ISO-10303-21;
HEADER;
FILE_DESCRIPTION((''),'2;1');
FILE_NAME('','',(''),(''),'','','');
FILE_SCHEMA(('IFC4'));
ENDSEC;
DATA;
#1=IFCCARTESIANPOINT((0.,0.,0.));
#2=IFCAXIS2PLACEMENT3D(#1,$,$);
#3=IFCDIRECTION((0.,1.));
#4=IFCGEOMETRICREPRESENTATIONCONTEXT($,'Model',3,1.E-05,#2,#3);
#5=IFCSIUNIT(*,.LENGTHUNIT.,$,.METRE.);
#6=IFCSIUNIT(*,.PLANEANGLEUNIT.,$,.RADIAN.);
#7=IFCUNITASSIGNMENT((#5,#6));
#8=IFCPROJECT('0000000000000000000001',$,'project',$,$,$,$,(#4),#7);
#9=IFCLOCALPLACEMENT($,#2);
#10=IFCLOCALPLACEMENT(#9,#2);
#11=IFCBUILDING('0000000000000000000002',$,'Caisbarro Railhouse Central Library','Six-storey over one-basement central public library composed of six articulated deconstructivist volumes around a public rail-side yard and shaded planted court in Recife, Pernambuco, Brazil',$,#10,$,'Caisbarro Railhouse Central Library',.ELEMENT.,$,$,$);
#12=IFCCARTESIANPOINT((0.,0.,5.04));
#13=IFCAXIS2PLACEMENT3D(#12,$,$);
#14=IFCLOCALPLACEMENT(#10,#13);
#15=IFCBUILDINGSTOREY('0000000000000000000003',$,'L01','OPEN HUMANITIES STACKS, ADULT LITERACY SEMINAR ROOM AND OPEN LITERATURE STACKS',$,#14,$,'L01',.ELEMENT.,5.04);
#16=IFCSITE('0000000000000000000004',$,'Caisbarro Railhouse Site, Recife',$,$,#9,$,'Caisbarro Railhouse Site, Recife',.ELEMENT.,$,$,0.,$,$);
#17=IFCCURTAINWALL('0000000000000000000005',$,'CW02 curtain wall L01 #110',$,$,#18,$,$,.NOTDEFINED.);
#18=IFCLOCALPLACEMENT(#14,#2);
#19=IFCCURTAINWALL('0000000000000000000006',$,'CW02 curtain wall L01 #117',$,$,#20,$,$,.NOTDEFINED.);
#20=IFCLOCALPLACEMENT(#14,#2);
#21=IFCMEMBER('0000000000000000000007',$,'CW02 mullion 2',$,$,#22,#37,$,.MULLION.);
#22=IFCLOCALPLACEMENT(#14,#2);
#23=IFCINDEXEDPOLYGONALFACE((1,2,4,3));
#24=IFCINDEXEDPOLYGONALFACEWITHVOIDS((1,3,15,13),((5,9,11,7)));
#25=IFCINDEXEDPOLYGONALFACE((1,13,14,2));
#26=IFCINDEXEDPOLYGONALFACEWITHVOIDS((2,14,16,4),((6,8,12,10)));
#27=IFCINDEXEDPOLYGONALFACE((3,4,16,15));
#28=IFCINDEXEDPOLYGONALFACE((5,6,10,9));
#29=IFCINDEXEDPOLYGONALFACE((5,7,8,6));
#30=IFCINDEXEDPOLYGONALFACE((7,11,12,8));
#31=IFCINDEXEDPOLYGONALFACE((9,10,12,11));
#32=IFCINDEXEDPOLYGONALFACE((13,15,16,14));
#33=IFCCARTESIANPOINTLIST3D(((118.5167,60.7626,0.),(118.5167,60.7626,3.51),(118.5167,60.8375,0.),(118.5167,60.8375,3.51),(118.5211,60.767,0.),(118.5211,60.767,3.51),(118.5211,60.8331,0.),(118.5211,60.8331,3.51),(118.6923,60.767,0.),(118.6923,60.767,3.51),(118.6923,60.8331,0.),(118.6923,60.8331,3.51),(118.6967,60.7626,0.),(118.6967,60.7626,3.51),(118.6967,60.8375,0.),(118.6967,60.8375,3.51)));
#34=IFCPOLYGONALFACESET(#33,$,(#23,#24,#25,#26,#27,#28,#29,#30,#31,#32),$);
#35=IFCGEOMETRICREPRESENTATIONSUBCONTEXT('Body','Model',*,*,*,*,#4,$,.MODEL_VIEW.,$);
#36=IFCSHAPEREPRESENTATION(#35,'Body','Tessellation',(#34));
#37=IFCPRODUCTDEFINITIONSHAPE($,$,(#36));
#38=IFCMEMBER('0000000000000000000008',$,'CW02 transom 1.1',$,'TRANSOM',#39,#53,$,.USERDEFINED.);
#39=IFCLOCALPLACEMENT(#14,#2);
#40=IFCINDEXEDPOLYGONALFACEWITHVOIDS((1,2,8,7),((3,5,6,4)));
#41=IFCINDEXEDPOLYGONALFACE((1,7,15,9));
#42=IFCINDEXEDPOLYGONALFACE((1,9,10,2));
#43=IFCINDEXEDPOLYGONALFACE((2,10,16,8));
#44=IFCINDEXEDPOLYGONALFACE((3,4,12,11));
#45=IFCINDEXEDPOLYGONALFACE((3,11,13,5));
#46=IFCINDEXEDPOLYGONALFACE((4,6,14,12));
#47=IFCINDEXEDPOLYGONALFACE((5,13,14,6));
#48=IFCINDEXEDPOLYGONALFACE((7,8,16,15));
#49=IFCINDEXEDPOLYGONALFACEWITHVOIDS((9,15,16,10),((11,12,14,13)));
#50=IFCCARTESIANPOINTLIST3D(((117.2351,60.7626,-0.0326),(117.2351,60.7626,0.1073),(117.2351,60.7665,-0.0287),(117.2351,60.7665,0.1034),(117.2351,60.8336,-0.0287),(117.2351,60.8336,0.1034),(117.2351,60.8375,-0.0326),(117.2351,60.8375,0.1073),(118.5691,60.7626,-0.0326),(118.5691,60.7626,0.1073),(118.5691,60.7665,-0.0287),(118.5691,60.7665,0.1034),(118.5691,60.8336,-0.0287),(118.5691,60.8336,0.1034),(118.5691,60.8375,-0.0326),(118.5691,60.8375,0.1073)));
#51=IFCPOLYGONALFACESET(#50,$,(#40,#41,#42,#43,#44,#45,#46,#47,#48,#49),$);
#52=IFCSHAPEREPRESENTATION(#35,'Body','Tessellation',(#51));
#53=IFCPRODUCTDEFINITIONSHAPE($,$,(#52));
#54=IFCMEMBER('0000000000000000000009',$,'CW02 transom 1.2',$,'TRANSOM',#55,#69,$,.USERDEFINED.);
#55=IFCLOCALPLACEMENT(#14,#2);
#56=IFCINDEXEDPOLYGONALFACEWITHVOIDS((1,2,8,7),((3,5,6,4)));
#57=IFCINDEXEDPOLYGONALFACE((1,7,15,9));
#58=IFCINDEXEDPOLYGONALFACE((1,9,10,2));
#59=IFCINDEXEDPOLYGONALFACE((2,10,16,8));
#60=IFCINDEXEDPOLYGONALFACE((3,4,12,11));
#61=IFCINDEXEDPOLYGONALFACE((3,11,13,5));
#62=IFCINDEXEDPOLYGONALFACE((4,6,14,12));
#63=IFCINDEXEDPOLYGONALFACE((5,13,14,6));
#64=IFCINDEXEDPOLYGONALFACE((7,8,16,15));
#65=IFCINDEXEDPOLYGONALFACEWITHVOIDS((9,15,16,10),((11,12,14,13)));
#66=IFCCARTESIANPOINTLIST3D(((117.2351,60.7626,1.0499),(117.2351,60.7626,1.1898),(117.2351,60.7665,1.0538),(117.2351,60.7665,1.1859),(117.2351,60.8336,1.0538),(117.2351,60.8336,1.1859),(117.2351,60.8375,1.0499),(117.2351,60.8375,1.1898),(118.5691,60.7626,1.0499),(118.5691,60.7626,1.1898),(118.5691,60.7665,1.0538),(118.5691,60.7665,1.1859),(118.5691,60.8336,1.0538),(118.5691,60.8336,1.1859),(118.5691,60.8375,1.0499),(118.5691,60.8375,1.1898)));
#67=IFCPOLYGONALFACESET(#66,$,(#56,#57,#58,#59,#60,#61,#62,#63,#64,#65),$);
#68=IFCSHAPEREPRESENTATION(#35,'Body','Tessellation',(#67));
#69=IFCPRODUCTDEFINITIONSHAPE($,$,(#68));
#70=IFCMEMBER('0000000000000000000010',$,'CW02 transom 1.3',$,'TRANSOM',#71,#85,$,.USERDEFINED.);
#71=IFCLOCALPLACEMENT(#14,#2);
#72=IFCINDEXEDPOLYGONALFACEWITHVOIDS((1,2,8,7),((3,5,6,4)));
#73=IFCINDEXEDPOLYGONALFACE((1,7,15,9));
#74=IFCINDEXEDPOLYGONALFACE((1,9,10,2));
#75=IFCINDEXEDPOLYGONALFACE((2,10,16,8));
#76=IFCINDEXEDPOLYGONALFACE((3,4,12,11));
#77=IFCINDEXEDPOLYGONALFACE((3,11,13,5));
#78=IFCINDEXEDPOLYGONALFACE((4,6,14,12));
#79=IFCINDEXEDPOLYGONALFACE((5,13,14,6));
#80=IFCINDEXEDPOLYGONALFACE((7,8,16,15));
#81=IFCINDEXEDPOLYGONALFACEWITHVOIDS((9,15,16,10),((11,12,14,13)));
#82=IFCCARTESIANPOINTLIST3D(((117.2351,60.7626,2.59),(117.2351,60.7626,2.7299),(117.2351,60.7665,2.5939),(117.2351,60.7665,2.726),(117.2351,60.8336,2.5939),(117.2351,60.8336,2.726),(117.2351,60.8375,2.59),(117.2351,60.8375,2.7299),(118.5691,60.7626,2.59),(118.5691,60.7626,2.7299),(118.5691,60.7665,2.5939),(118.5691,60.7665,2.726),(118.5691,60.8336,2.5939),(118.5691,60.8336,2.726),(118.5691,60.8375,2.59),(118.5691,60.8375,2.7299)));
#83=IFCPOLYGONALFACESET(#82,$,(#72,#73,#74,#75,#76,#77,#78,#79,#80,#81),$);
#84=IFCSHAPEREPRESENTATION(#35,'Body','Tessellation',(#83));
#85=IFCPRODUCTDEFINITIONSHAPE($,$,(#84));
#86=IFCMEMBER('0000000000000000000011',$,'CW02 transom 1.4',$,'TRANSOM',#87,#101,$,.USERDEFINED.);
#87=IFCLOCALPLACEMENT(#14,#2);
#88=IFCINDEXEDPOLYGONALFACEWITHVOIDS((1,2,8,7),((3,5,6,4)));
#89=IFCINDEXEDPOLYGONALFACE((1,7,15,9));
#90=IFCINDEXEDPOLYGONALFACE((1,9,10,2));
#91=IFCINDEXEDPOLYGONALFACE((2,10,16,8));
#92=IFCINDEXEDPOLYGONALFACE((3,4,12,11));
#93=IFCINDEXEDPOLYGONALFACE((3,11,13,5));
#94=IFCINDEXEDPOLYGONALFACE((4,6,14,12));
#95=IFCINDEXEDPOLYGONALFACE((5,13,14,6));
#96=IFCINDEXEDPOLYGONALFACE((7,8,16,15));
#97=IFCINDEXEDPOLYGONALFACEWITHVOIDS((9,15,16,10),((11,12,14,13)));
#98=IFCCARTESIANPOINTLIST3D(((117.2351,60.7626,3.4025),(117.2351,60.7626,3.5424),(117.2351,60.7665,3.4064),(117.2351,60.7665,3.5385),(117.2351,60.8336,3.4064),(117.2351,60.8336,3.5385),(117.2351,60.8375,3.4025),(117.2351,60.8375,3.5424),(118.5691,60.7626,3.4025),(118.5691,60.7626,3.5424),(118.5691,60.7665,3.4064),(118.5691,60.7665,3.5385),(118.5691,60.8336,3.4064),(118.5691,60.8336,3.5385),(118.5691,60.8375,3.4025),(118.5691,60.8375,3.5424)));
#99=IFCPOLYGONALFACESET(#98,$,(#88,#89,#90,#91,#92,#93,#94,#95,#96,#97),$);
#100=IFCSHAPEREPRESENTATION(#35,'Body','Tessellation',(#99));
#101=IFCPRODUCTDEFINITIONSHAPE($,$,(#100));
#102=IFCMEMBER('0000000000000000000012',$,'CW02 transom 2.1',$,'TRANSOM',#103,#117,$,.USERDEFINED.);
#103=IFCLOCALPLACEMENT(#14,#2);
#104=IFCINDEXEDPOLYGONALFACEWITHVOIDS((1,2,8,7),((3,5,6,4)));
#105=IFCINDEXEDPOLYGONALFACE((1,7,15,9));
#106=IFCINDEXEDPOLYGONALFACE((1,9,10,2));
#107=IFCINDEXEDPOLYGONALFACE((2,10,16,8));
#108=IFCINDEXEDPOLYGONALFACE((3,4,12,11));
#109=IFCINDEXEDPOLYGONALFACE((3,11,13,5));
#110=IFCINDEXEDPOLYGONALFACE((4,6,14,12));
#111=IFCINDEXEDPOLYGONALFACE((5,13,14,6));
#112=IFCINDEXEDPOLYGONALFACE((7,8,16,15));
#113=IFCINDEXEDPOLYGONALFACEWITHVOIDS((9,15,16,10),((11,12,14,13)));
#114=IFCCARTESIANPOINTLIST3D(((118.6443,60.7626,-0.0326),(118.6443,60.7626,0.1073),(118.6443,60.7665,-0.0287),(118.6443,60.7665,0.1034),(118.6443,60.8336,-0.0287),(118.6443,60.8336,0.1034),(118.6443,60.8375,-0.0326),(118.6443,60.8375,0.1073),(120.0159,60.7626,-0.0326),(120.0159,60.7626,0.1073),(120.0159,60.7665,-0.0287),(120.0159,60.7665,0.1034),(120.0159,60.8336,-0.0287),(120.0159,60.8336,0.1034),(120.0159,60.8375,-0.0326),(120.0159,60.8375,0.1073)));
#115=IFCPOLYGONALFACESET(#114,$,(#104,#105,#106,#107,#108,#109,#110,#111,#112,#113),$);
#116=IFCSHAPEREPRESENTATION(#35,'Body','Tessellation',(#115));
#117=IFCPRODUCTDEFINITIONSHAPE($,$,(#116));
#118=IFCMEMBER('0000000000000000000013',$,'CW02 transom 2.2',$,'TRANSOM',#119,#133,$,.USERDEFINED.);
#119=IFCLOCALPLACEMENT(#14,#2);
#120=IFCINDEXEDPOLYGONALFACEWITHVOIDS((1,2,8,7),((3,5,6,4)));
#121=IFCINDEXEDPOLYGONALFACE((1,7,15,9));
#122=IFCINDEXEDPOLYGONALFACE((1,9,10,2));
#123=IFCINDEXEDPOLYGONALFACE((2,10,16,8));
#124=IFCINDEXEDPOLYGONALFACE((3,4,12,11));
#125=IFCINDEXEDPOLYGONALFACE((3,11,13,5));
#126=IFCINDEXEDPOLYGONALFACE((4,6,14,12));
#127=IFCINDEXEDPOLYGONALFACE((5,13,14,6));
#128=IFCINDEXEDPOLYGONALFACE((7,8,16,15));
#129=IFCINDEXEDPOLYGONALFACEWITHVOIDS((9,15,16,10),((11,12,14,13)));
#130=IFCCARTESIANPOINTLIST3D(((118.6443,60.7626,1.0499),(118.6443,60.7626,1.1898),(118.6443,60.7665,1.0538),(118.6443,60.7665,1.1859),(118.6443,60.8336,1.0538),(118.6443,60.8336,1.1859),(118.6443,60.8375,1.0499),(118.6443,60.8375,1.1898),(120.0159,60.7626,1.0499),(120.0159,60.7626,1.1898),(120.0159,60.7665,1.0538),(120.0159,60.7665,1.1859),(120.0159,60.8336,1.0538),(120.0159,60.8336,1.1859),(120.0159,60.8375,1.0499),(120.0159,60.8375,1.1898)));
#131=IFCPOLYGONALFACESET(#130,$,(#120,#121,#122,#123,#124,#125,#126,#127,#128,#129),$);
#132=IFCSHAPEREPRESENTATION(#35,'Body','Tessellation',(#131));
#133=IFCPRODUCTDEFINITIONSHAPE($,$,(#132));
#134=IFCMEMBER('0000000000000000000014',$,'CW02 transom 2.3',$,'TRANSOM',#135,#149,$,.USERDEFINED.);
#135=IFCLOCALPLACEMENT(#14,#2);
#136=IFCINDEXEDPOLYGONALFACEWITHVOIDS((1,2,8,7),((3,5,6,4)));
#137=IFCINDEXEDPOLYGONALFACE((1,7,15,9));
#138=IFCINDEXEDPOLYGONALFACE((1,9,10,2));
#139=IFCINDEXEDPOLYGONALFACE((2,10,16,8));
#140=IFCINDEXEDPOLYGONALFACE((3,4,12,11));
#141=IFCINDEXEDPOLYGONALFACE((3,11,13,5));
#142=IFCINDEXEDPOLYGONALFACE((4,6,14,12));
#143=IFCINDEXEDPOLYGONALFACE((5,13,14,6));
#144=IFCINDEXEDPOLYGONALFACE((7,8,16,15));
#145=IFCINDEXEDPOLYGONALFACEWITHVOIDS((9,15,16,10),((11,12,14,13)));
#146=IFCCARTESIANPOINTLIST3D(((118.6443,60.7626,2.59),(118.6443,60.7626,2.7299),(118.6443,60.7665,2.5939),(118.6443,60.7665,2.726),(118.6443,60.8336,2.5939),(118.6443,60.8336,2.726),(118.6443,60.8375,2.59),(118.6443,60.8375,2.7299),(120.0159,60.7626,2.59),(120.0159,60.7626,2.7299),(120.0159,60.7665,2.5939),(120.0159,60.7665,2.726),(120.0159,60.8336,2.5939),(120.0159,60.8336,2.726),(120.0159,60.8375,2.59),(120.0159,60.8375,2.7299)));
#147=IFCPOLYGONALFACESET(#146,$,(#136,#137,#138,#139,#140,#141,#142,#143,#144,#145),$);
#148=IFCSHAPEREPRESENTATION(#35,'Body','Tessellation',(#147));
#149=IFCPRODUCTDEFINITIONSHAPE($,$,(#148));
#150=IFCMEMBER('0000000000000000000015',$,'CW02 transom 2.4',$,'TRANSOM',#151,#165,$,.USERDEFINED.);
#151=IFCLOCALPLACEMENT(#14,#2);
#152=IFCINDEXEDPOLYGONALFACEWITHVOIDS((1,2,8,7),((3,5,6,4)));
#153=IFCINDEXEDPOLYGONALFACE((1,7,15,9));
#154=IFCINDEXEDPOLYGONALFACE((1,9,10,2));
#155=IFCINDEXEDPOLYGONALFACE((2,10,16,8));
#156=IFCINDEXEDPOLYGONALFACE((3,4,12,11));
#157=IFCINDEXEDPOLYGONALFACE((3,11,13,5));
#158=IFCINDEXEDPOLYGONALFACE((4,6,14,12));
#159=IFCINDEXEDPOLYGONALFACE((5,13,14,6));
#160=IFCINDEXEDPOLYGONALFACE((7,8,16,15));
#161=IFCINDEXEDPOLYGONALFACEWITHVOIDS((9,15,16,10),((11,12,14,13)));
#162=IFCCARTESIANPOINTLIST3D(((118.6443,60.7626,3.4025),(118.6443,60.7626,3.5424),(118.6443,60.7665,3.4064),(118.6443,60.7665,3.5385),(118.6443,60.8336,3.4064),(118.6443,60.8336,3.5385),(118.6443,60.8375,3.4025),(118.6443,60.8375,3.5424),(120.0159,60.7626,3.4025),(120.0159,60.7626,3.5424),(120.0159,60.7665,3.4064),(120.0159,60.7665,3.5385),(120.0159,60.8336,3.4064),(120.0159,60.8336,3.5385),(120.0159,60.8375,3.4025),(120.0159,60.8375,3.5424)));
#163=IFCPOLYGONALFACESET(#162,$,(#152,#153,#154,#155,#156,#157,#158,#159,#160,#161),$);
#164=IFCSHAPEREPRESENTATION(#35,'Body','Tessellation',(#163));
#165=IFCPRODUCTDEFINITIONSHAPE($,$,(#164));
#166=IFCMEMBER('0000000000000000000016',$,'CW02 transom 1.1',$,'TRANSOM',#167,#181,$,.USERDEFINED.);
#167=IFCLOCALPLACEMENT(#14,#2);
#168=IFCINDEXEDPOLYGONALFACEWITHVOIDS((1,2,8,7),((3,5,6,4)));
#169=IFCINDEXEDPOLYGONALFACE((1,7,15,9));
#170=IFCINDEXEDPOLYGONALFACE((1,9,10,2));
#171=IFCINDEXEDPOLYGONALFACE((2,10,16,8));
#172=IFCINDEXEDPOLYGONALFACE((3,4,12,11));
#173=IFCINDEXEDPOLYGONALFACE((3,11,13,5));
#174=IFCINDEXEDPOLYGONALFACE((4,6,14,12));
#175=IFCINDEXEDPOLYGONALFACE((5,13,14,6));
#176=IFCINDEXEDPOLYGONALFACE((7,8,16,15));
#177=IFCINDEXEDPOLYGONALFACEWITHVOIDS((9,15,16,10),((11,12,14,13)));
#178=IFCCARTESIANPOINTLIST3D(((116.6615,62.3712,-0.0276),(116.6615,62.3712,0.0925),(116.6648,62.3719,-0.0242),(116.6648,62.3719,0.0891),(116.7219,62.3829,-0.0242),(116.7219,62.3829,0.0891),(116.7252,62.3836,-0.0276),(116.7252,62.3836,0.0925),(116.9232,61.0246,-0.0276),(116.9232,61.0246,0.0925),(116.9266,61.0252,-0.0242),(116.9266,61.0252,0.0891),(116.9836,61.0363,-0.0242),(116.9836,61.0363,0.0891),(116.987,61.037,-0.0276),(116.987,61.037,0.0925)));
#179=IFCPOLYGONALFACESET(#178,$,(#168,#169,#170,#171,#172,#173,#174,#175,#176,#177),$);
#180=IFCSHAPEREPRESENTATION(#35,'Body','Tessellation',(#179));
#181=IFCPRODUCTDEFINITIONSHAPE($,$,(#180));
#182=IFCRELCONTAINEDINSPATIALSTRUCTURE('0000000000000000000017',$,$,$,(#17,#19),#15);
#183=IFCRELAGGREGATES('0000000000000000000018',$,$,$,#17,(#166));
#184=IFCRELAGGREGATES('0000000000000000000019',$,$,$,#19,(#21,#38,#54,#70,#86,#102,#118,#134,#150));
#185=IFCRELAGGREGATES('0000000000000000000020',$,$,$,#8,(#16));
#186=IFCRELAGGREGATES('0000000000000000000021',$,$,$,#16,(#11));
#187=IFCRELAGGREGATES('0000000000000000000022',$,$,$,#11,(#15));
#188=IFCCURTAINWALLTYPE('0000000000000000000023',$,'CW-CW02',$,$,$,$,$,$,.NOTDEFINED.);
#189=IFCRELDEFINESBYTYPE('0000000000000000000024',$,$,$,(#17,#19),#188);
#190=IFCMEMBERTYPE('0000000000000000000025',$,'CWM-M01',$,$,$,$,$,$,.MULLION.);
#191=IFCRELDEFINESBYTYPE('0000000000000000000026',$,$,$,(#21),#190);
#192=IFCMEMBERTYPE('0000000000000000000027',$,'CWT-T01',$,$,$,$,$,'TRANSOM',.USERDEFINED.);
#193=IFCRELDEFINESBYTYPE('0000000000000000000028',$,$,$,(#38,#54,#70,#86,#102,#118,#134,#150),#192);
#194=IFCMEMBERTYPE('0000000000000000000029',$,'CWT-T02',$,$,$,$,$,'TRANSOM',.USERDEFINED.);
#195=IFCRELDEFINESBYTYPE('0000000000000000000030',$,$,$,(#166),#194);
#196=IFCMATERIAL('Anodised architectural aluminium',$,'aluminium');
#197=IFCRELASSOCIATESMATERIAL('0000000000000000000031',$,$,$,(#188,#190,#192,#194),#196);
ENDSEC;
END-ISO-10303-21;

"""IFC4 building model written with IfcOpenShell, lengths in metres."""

from ifc_helpers import new_model, si_unit, direction, frame, origin, origin_2d, place, context, subcontext, project, spatial, hollow_rectangle, extrude, material, material_profile, profile_set, type_object, element, aggregate, save


model = new_model("IFC4")

# Units and contexts
model_context = context("Model", 3, precision=1e-05, world=origin(), true_north=direction((0.0, 1.0)))
body_context = subcontext(model_context, "Body", "Model", "MODEL_VIEW")
ifc_project = project(units=[si_unit("LENGTHUNIT", "METRE"), si_unit("PLANEANGLEUNIT", "RADIAN")], contexts=[model_context])

# Site, building, storey
site_placement = place(None, origin())
site = spatial("IfcSite", under=ifc_project, at=site_placement, Name="Caisbarro Railhouse Site, Recife", LongName="Caisbarro Railhouse Site, Recife", CompositionType="ELEMENT", RefElevation=0.0)
building_placement = place(site_placement, origin())
building = spatial("IfcBuilding", under=site, at=building_placement, Name="Caisbarro Railhouse Central Library", Description="Six-storey over one-basement central public library composed of six articulated deconstructivist volumes around a public rail-side yard and shaded planted court in Recife, Pernambuco, Brazil", LongName="Caisbarro Railhouse Central Library", CompositionType="ELEMENT")
storey_placement = place(building_placement, frame((0.0, 0.0, 5.04)))
storey = spatial("IfcBuildingStorey", under=building, at=storey_placement, Name="L01", Description="OPEN HUMANITIES STACKS, ADULT LITERACY SEMINAR ROOM AND OPEN LITERATURE STACKS", LongName="L01", CompositionType="ELEMENT", Elevation=5.04)

# Curtain walls, members
ifc_material_1 = material(Name="Anodised architectural aluminium", Category="aluminium")
curtain_wall_type = type_object("IfcCurtainWallType", Name="CW-CW02", PredefinedType="NOTDEFINED", material=ifc_material_1)
curtain_wall_1_placement = place(storey_placement, origin())
curtain_wall_1 = element("IfcCurtainWall", 1, at=curtain_wall_1_placement, inside=storey, type_object=curtain_wall_type, Name="CW02 curtain wall L01 #110", PredefinedType="NOTDEFINED")
ifc_material_profile_1 = material_profile(ifc_material_1, hollow_rectangle(XDim=0.075, YDim=0.1799, WallThickness=0.0044, at=origin_2d()), Name="ALU-MUL-75X180")
ifc_profile_set_1 = profile_set([ifc_material_profile_1], Name="Anodised architectural aluminium")
member_type_1 = type_object("IfcMemberType", Name="CWM-M01", PredefinedType="MULLION", material=ifc_profile_set_1)
curtain_wall_2_placement = place(storey_placement, origin())
curtain_wall_2 = element("IfcCurtainWall", 2, at=curtain_wall_2_placement, inside=storey, type_object=curtain_wall_type, Name="CW02 curtain wall L01 #117", PredefinedType="NOTDEFINED")
member_1_placement = place(storey_placement, frame((118.6067, 60.8, 0.0), z_axis=(0.0, 0.0, 1.0), x_axis=(0.0, 1.0, 0.0)))
member_1 = element("IfcMember", 3, at=member_1_placement, type_object=member_type_1, Name="CW02 mullion 2", PredefinedType="MULLION", context=body_context, shape_type="SweptSolid", body=[
    extrude(hollow_rectangle(XDim=0.075, YDim=0.1799, WallThickness=0.0044, at=origin_2d()), origin(), (0.0, 0.0, 1.0), 3.51),
])
ifc_material_profile_2 = material_profile(ifc_material_1, hollow_rectangle(XDim=0.075, YDim=0.1399, WallThickness=0.0039, at=origin_2d()), Name="ALU-TRN-75X140")
ifc_profile_set_2 = profile_set([ifc_material_profile_2], Name="Anodised architectural aluminium")
member_type_2 = type_object("IfcMemberType", Name="CWT-T01", ElementType="TRANSOM", PredefinedType="USERDEFINED", material=ifc_profile_set_2)
member_2_placement = place(storey_placement, frame((117.2351, 60.8, 0.0374), z_axis=(1.0, 0.0, 0.0), x_axis=(0.0, 1.0, 0.0)))
member_2 = element("IfcMember", 4, at=member_2_placement, type_object=member_type_2, Name="CW02 transom 1.1", ObjectType="TRANSOM", PredefinedType="USERDEFINED", context=body_context, shape_type="SweptSolid", body=[
    extrude(hollow_rectangle(XDim=0.075, YDim=0.1399, WallThickness=0.0039, at=origin_2d()), origin(), (0.0, 0.0, 1.0), 1.334),
])
member_3_placement = place(storey_placement, frame((117.2351, 60.8, 1.1199), z_axis=(1.0, 0.0, 0.0), x_axis=(0.0, 1.0, 0.0)))
member_3 = element("IfcMember", 5, at=member_3_placement, type_object=member_type_2, Name="CW02 transom 1.2", ObjectType="TRANSOM", PredefinedType="USERDEFINED", context=body_context, shape_type="SweptSolid", body=[
    extrude(hollow_rectangle(XDim=0.075, YDim=0.1399, WallThickness=0.0039, at=origin_2d()), origin(), (0.0, 0.0, 1.0), 1.334),
])
member_4_placement = place(storey_placement, frame((117.2351, 60.8, 2.6599), z_axis=(1.0, 0.0, 0.0), x_axis=(0.0, 1.0, 0.0)))
member_4 = element("IfcMember", 6, at=member_4_placement, type_object=member_type_2, Name="CW02 transom 1.3", ObjectType="TRANSOM", PredefinedType="USERDEFINED", context=body_context, shape_type="SweptSolid", body=[
    extrude(hollow_rectangle(XDim=0.075, YDim=0.1399, WallThickness=0.0039, at=origin_2d()), origin(), (0.0, 0.0, 1.0), 1.334),
])
member_5_placement = place(storey_placement, frame((117.2351, 60.8, 3.4724), z_axis=(1.0, 0.0, 0.0), x_axis=(0.0, 1.0, 0.0)))
member_5 = element("IfcMember", 7, at=member_5_placement, type_object=member_type_2, Name="CW02 transom 1.4", ObjectType="TRANSOM", PredefinedType="USERDEFINED", context=body_context, shape_type="SweptSolid", body=[
    extrude(hollow_rectangle(XDim=0.075, YDim=0.1399, WallThickness=0.0039, at=origin_2d()), origin(), (0.0, 0.0, 1.0), 1.334),
])
member_6_placement = place(storey_placement, frame((118.6443, 60.8, 0.0374), z_axis=(1.0, 0.0, 0.0), x_axis=(0.0, 1.0, 0.0)))
member_6 = element("IfcMember", 8, at=member_6_placement, type_object=member_type_2, Name="CW02 transom 2.1", ObjectType="TRANSOM", PredefinedType="USERDEFINED", context=body_context, shape_type="SweptSolid", body=[
    extrude(hollow_rectangle(XDim=0.075, YDim=0.1399, WallThickness=0.0039, at=origin_2d()), origin(), (0.0, 0.0, 1.0), 1.3716),
])
member_7_placement = place(storey_placement, frame((118.6443, 60.8, 1.1199), z_axis=(1.0, 0.0, 0.0), x_axis=(0.0, 1.0, 0.0)))
member_7 = element("IfcMember", 9, at=member_7_placement, type_object=member_type_2, Name="CW02 transom 2.2", ObjectType="TRANSOM", PredefinedType="USERDEFINED", context=body_context, shape_type="SweptSolid", body=[
    extrude(hollow_rectangle(XDim=0.075, YDim=0.1399, WallThickness=0.0039, at=origin_2d()), origin(), (0.0, 0.0, 1.0), 1.3716),
])
member_8_placement = place(storey_placement, frame((118.6443, 60.8, 2.6599), z_axis=(1.0, 0.0, 0.0), x_axis=(0.0, 1.0, 0.0)))
member_8 = element("IfcMember", 10, at=member_8_placement, type_object=member_type_2, Name="CW02 transom 2.3", ObjectType="TRANSOM", PredefinedType="USERDEFINED", context=body_context, shape_type="SweptSolid", body=[
    extrude(hollow_rectangle(XDim=0.075, YDim=0.1399, WallThickness=0.0039, at=origin_2d()), origin(), (0.0, 0.0, 1.0), 1.3716),
])
member_9_placement = place(storey_placement, frame((118.6443, 60.8, 3.4724), z_axis=(1.0, 0.0, 0.0), x_axis=(0.0, 1.0, 0.0)))
member_9 = element("IfcMember", 11, at=member_9_placement, type_object=member_type_2, Name="CW02 transom 2.4", ObjectType="TRANSOM", PredefinedType="USERDEFINED", context=body_context, shape_type="SweptSolid", body=[
    extrude(hollow_rectangle(XDim=0.075, YDim=0.1399, WallThickness=0.0039, at=origin_2d()), origin(), (0.0, 0.0, 1.0), 1.3716),
])

# Member
ifc_material_profile_3 = material_profile(ifc_material_1, hollow_rectangle(XDim=0.0649, YDim=0.1201, WallThickness=0.0034, at=origin_2d()), Name="ALU-TRN-65X120")
ifc_profile_set_3 = profile_set([ifc_material_profile_3], Name="Anodised architectural aluminium")
member_type_3 = type_object("IfcMemberType", Name="CWT-T02", ElementType="TRANSOM", PredefinedType="USERDEFINED", material=ifc_profile_set_3)
member_10_placement = place(storey_placement, frame((116.9551, 61.0308, 0.0325), z_axis=(-0.190774, 0.981634, 0.0), x_axis=(-0.981634, -0.190774, 0.0)))
member_10 = element("IfcMember", 12, at=member_10_placement, type_object=member_type_3, Name="CW02 transom 1.1", ObjectType="TRANSOM", PredefinedType="USERDEFINED", context=body_context, shape_type="SweptSolid", body=[
    extrude(hollow_rectangle(XDim=0.0649, YDim=0.1201, WallThickness=0.0034, at=origin_2d()), origin(), (0.0, 0.0, 1.0), 1.3718),
])

aggregate(curtain_wall_1, [member_10])
aggregate(curtain_wall_2, [member_1, member_2, member_3, member_4, member_5, member_6, member_7, member_8, member_9])

save(model, "model.ifc")
